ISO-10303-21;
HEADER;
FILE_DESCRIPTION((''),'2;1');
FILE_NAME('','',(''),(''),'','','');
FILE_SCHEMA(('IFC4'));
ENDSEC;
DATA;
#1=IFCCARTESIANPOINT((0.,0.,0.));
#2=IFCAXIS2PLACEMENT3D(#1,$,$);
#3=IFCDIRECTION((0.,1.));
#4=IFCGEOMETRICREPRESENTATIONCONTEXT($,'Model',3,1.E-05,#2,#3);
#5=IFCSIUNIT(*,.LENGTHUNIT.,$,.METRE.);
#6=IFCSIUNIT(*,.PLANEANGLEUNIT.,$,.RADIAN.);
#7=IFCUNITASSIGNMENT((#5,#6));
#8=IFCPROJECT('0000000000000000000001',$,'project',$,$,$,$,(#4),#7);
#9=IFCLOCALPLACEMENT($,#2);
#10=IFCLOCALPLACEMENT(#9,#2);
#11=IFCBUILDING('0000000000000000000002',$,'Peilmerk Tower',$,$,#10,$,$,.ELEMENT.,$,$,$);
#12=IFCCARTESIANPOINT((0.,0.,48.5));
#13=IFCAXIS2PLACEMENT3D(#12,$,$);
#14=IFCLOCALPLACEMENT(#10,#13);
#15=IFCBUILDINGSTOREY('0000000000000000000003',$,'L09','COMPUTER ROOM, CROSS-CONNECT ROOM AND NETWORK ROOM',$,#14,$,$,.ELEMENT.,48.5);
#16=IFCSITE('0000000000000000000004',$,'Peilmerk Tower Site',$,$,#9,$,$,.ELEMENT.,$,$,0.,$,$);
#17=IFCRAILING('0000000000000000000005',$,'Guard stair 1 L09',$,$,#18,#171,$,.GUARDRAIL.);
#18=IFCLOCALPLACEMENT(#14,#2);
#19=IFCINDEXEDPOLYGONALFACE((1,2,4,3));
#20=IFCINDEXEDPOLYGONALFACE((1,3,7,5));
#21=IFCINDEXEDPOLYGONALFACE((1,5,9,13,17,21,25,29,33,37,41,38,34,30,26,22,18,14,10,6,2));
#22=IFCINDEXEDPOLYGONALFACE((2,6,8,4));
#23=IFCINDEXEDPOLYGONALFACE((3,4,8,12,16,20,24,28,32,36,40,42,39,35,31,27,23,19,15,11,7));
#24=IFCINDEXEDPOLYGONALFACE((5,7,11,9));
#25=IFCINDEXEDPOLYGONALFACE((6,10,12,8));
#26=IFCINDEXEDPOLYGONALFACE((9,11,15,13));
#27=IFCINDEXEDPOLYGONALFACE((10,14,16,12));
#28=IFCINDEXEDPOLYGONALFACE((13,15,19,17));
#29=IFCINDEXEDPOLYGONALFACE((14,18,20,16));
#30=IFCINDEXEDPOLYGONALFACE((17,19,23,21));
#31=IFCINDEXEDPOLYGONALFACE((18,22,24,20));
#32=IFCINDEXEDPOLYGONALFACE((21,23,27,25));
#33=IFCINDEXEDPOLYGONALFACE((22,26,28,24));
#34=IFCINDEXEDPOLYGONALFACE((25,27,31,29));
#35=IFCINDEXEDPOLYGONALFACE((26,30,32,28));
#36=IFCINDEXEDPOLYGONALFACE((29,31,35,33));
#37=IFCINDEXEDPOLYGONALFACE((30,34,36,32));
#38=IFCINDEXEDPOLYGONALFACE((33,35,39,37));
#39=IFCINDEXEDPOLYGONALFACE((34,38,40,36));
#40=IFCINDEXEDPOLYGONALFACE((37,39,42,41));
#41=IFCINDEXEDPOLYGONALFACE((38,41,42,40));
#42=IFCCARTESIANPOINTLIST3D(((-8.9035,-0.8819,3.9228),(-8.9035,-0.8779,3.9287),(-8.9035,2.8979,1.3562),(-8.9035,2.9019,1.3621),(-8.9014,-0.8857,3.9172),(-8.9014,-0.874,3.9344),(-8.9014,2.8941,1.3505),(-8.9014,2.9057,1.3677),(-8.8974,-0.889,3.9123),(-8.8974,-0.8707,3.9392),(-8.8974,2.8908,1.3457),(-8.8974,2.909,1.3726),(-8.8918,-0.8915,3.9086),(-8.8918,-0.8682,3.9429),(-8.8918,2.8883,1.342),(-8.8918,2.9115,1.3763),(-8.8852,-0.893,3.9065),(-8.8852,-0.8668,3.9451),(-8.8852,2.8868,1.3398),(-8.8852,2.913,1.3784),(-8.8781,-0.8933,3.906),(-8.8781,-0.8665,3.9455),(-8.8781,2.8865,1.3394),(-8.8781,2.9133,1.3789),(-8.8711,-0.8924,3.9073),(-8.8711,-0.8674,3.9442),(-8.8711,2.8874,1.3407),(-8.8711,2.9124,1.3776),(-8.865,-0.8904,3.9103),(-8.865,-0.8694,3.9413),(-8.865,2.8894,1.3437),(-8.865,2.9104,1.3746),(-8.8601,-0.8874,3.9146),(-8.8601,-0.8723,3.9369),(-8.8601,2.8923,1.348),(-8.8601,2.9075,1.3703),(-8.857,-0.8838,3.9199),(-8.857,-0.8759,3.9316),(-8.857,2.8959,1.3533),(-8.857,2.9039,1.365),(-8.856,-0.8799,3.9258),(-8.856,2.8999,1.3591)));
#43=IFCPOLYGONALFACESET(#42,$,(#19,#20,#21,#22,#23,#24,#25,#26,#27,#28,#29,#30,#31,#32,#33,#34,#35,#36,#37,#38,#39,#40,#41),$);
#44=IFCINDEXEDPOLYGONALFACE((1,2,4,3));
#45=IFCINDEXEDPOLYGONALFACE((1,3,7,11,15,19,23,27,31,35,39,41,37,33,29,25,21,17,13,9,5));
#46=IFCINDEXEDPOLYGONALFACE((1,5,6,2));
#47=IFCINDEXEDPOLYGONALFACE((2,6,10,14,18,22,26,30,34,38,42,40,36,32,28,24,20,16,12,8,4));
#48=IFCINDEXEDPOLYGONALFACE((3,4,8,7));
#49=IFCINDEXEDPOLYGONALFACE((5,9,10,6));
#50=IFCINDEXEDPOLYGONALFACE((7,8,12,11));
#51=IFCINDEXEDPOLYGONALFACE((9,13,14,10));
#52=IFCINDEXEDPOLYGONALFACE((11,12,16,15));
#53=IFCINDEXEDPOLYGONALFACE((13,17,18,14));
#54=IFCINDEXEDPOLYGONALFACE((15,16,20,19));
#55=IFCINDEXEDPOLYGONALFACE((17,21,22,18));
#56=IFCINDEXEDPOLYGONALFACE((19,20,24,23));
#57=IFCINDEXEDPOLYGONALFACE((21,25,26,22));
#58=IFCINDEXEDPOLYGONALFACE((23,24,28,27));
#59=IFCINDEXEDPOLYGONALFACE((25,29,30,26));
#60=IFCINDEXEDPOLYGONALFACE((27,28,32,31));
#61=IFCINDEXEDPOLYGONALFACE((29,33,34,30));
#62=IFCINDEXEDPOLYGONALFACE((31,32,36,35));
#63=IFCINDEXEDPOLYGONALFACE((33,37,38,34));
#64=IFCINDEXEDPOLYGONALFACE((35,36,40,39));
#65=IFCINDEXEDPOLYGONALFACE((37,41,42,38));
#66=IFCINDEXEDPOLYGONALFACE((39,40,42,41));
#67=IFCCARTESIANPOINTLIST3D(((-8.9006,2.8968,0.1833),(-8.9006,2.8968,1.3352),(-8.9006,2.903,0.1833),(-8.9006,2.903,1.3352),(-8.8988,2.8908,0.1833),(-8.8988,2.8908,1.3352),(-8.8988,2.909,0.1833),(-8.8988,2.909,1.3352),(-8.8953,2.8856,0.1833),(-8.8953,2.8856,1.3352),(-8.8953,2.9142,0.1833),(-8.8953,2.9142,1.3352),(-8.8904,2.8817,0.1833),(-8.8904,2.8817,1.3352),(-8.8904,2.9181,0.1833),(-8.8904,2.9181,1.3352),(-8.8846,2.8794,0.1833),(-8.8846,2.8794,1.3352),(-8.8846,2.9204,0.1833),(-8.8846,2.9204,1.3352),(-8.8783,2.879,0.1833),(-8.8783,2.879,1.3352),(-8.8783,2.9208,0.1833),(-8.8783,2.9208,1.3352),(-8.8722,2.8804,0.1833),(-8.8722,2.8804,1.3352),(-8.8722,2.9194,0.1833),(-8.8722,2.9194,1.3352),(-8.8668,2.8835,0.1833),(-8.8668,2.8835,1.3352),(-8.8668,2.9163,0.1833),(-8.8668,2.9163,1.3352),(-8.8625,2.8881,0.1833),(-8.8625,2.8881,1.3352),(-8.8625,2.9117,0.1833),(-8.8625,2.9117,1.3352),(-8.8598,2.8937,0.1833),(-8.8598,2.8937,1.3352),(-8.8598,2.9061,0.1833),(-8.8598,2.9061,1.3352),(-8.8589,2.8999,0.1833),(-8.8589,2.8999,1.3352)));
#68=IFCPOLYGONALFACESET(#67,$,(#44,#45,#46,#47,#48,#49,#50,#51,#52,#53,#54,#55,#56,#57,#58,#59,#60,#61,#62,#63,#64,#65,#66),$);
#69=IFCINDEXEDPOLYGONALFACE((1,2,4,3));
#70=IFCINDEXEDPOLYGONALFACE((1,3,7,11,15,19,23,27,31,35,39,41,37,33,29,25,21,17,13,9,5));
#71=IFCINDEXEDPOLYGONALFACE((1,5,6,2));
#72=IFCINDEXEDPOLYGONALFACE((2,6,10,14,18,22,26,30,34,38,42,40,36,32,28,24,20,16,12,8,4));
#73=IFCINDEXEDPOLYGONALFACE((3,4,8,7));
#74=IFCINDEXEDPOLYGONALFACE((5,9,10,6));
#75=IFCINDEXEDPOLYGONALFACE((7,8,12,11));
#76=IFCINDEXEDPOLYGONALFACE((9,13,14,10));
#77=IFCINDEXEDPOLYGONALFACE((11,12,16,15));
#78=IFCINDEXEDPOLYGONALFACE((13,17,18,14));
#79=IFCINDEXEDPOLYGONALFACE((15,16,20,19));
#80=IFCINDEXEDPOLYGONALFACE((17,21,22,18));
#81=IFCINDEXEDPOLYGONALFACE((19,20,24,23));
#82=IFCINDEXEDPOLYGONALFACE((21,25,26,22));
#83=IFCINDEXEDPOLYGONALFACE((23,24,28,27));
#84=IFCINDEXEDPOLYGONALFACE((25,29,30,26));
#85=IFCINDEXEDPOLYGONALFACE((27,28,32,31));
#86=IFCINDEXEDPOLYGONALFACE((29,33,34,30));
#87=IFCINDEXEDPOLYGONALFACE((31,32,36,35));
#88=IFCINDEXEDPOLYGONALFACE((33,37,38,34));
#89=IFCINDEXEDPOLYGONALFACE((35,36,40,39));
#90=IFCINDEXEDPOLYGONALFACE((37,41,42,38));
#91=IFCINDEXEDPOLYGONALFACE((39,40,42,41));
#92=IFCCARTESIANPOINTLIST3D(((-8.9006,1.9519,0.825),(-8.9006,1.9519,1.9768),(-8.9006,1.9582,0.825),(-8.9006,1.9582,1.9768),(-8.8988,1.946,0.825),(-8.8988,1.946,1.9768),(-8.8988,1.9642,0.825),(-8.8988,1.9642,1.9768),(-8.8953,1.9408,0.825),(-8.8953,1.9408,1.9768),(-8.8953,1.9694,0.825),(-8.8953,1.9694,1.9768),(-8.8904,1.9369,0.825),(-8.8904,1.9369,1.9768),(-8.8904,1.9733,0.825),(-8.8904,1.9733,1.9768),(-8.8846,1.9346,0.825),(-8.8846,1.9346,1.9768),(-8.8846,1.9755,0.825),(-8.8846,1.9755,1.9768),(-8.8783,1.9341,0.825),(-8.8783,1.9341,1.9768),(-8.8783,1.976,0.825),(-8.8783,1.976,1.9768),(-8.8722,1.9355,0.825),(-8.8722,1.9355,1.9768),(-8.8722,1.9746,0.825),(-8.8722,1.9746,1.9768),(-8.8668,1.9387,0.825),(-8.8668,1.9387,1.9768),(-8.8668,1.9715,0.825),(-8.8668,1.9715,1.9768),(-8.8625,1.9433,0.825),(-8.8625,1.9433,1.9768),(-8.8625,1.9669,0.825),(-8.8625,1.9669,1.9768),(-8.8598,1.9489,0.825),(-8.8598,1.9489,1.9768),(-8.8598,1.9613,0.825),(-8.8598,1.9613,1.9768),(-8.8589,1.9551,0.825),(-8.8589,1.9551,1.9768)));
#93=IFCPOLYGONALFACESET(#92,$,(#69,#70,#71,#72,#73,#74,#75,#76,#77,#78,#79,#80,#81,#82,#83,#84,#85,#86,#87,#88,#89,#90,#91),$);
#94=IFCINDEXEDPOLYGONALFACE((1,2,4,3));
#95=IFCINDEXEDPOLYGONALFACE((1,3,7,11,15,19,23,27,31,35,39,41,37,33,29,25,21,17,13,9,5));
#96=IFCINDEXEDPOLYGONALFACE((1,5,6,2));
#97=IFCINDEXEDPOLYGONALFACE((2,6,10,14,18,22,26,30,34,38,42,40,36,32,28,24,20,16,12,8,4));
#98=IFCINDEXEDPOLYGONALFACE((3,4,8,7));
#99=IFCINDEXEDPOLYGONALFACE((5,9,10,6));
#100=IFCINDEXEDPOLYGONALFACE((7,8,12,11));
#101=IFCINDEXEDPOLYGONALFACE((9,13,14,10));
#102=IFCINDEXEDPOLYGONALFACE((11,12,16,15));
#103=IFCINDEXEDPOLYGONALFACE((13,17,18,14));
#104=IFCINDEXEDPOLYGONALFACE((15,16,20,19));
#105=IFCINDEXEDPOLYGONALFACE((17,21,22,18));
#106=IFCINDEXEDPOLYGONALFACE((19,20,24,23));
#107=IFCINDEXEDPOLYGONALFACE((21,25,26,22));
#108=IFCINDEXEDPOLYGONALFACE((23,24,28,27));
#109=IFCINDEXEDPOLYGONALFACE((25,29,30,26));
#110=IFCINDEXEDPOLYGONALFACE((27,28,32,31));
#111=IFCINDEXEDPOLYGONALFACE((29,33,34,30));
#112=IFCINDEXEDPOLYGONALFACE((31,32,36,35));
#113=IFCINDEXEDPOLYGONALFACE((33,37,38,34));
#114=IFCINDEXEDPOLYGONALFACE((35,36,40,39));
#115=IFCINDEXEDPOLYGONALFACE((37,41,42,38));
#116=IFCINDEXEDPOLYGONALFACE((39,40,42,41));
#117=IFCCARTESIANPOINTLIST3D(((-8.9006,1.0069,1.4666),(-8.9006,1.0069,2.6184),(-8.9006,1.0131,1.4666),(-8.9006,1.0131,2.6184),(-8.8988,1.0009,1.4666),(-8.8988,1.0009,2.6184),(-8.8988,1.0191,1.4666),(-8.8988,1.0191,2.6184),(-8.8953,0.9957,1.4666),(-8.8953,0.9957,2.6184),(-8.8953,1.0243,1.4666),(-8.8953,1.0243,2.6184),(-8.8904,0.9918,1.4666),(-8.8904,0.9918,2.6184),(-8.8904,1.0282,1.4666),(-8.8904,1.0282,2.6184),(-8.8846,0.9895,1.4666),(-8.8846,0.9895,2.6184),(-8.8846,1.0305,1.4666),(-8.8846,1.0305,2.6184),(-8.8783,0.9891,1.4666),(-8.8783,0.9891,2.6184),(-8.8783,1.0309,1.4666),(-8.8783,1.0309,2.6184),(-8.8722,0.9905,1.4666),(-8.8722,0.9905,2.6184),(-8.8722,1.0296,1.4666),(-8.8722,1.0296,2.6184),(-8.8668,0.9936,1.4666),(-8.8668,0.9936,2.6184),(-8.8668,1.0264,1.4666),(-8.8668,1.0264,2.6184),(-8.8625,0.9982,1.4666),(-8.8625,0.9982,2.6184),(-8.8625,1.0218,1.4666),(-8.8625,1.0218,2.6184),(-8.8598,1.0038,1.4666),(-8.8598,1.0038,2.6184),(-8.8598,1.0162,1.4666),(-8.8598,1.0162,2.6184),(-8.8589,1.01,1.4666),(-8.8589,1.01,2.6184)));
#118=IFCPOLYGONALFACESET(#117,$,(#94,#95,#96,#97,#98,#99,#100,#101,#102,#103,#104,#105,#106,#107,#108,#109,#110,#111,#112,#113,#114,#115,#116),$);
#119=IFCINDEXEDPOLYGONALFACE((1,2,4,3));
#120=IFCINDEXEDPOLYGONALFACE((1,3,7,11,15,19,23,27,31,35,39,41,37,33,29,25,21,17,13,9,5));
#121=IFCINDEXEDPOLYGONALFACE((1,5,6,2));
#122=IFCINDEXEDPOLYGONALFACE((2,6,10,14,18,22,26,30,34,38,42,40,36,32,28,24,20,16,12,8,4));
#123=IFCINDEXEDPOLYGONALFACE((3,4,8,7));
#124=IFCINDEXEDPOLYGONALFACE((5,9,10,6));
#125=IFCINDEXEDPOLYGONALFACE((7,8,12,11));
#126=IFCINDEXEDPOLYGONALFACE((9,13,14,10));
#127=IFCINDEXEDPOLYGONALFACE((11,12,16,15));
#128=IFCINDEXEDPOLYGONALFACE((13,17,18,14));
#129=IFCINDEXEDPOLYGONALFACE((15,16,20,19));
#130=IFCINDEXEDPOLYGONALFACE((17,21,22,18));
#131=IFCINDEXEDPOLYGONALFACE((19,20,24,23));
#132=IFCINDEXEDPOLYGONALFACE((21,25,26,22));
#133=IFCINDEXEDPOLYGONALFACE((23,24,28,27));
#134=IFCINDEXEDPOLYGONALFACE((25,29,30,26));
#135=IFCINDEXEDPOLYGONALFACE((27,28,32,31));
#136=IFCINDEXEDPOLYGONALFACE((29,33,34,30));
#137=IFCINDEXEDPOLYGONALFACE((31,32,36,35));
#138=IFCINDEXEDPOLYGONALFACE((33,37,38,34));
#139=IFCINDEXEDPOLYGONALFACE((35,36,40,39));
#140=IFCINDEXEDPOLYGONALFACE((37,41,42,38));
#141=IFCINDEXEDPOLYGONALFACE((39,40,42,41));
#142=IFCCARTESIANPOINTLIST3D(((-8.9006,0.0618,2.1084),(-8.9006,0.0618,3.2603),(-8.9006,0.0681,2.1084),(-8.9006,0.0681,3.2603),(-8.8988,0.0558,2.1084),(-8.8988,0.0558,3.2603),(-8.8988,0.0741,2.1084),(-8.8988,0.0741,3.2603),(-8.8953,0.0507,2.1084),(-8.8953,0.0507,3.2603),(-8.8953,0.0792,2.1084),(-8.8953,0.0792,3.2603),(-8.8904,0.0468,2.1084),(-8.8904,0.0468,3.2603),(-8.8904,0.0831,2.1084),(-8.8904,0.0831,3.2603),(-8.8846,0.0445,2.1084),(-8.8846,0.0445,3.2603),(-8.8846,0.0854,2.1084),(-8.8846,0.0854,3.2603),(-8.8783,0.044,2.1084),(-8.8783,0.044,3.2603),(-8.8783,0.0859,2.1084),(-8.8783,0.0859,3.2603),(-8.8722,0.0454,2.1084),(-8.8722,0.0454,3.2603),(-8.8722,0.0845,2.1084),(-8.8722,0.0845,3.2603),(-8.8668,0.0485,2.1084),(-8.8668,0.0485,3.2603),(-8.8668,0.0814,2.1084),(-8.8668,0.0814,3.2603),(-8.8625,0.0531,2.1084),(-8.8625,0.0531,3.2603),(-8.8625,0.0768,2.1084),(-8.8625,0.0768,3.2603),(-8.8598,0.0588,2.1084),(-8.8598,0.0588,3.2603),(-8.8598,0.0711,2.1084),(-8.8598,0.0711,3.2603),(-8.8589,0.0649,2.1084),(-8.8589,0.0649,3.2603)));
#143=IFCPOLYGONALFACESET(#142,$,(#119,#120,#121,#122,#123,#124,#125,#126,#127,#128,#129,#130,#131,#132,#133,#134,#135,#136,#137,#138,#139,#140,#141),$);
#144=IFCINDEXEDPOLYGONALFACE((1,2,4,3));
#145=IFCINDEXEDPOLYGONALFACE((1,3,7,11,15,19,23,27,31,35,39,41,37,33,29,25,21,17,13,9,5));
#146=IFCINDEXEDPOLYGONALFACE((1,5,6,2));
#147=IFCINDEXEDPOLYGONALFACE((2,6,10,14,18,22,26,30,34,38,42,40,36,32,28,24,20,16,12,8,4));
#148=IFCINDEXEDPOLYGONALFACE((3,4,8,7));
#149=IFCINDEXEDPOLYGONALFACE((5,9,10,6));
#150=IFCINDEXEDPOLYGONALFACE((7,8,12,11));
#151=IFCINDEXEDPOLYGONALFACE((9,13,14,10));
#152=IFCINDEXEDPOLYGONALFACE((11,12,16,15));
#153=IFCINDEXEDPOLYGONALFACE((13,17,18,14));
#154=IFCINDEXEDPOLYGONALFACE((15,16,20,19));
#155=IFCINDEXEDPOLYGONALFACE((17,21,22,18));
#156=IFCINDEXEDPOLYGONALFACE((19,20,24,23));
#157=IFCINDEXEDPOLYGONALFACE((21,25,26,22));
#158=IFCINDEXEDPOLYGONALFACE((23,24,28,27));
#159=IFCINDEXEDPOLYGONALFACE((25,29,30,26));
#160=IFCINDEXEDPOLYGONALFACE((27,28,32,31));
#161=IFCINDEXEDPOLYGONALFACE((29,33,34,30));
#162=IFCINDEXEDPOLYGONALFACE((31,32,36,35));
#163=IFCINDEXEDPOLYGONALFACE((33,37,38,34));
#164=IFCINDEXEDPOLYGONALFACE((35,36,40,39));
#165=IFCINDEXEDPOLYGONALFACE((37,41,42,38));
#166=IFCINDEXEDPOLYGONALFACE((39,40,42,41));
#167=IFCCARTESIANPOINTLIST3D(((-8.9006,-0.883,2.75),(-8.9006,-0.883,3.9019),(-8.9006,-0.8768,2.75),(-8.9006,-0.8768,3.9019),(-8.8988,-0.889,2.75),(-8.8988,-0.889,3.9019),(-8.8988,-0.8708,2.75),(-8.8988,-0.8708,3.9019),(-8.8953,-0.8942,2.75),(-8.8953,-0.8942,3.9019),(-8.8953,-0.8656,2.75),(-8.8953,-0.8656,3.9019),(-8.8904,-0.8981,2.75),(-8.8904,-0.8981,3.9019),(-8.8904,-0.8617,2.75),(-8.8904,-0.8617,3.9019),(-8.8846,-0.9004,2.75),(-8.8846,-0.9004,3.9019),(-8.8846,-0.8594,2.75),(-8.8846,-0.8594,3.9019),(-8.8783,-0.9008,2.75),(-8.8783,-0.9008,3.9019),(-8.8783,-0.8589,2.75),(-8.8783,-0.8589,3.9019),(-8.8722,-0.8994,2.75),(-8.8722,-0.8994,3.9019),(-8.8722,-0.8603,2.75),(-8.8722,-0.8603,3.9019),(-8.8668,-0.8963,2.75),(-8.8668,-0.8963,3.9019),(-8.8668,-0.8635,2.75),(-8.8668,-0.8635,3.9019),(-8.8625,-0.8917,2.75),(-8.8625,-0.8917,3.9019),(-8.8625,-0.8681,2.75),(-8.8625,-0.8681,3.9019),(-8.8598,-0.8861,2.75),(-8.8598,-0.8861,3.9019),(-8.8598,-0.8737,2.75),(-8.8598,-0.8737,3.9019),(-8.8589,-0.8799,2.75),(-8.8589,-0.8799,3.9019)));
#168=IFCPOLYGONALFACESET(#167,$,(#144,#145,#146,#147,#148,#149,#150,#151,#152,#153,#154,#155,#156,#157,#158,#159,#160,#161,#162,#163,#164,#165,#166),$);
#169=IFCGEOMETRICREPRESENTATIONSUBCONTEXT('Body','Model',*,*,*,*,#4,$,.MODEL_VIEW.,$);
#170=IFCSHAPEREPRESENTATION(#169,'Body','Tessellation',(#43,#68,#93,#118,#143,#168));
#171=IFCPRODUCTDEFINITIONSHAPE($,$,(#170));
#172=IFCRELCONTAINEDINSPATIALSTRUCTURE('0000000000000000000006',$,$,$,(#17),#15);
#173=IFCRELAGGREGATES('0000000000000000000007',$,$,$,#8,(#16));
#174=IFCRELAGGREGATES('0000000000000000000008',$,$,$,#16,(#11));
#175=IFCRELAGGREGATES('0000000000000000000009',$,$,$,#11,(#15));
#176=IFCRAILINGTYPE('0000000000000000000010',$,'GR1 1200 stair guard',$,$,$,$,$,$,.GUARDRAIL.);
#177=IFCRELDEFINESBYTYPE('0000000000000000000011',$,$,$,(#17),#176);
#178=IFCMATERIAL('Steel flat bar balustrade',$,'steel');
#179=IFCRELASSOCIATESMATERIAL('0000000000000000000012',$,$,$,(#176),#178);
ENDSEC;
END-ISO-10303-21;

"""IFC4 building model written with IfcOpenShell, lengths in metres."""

from ifc_helpers import new_model, si_unit, direction, frame, origin, origin_2d, place, context, subcontext, project, spatial, circle, extrude, material, type_object, element, save


model = new_model("IFC4")

# Units and contexts
model_context = context("Model", 3, precision=1e-05, world=origin(), true_north=direction((0.0, 1.0)))
body_context = subcontext(model_context, "Body", "Model", "MODEL_VIEW")
ifc_project = project(units=[si_unit("LENGTHUNIT", "METRE"), si_unit("PLANEANGLEUNIT", "RADIAN")], contexts=[model_context])

# Site, building, storey
site_placement = place(None, origin())
site = spatial("IfcSite", under=ifc_project, at=site_placement, Name="Peilmerk Tower Site", CompositionType="ELEMENT", RefElevation=0.0)
building_placement = place(site_placement, origin())
building = spatial("IfcBuilding", under=site, at=building_placement, Name="Peilmerk Tower", CompositionType="ELEMENT")
storey_placement = place(building_placement, frame((0.0, 0.0, 48.5)))
storey = spatial("IfcBuildingStorey", under=building, at=storey_placement, Name="L09", Description="COMPUTER ROOM, CROSS-CONNECT ROOM AND NETWORK ROOM", CompositionType="ELEMENT", Elevation=48.5)

# Railing
ifc_material_1 = material(Name="Steel flat bar balustrade", Category="steel")
railing_type_1 = type_object("IfcRailingType", Name="GR1 1200 stair guard", PredefinedType="GUARDRAIL", material=ifc_material_1)
railing_1_placement = place(storey_placement, frame((-8.8799, 2.8999, 0.1833)))
element("IfcRailing", 1, at=railing_1_placement, inside=storey, type_object=railing_type_1, Name="Guard stair 1 L09", PredefinedType="GUARDRAIL", context=body_context, shape_type="SweptSolid", body=[
    extrude(circle(Radius=0.0239, at=origin_2d()), frame((0.0, 0.0, 1.1758), z_axis=(0.0, -0.827293, 0.561771), x_axis=(1.0, 0.0, 0.0)), (0.0, 0.0, 1.0), 4.5688),
    extrude(circle(Radius=0.021, at=origin_2d()), origin(), (0.0, 0.0, 1.0), 1.1519),
    extrude(circle(Radius=0.021, at=origin_2d()), frame((0.0, -0.9448, 0.6416)), (0.0, 0.0, 1.0), 1.1519),
    extrude(circle(Radius=0.021, at=origin_2d()), frame((0.0, -1.8899, 1.2832)), (0.0, 0.0, 1.0), 1.1519),
    extrude(circle(Radius=0.021, at=origin_2d()), frame((0.0, -2.835, 1.925)), (0.0, 0.0, 1.0), 1.1519),
    extrude(circle(Radius=0.021, at=origin_2d()), frame((0.0, -3.7798, 2.5667)), (0.0, 0.0, 1.0), 1.1519),
])

save(model, "model.ifc")
